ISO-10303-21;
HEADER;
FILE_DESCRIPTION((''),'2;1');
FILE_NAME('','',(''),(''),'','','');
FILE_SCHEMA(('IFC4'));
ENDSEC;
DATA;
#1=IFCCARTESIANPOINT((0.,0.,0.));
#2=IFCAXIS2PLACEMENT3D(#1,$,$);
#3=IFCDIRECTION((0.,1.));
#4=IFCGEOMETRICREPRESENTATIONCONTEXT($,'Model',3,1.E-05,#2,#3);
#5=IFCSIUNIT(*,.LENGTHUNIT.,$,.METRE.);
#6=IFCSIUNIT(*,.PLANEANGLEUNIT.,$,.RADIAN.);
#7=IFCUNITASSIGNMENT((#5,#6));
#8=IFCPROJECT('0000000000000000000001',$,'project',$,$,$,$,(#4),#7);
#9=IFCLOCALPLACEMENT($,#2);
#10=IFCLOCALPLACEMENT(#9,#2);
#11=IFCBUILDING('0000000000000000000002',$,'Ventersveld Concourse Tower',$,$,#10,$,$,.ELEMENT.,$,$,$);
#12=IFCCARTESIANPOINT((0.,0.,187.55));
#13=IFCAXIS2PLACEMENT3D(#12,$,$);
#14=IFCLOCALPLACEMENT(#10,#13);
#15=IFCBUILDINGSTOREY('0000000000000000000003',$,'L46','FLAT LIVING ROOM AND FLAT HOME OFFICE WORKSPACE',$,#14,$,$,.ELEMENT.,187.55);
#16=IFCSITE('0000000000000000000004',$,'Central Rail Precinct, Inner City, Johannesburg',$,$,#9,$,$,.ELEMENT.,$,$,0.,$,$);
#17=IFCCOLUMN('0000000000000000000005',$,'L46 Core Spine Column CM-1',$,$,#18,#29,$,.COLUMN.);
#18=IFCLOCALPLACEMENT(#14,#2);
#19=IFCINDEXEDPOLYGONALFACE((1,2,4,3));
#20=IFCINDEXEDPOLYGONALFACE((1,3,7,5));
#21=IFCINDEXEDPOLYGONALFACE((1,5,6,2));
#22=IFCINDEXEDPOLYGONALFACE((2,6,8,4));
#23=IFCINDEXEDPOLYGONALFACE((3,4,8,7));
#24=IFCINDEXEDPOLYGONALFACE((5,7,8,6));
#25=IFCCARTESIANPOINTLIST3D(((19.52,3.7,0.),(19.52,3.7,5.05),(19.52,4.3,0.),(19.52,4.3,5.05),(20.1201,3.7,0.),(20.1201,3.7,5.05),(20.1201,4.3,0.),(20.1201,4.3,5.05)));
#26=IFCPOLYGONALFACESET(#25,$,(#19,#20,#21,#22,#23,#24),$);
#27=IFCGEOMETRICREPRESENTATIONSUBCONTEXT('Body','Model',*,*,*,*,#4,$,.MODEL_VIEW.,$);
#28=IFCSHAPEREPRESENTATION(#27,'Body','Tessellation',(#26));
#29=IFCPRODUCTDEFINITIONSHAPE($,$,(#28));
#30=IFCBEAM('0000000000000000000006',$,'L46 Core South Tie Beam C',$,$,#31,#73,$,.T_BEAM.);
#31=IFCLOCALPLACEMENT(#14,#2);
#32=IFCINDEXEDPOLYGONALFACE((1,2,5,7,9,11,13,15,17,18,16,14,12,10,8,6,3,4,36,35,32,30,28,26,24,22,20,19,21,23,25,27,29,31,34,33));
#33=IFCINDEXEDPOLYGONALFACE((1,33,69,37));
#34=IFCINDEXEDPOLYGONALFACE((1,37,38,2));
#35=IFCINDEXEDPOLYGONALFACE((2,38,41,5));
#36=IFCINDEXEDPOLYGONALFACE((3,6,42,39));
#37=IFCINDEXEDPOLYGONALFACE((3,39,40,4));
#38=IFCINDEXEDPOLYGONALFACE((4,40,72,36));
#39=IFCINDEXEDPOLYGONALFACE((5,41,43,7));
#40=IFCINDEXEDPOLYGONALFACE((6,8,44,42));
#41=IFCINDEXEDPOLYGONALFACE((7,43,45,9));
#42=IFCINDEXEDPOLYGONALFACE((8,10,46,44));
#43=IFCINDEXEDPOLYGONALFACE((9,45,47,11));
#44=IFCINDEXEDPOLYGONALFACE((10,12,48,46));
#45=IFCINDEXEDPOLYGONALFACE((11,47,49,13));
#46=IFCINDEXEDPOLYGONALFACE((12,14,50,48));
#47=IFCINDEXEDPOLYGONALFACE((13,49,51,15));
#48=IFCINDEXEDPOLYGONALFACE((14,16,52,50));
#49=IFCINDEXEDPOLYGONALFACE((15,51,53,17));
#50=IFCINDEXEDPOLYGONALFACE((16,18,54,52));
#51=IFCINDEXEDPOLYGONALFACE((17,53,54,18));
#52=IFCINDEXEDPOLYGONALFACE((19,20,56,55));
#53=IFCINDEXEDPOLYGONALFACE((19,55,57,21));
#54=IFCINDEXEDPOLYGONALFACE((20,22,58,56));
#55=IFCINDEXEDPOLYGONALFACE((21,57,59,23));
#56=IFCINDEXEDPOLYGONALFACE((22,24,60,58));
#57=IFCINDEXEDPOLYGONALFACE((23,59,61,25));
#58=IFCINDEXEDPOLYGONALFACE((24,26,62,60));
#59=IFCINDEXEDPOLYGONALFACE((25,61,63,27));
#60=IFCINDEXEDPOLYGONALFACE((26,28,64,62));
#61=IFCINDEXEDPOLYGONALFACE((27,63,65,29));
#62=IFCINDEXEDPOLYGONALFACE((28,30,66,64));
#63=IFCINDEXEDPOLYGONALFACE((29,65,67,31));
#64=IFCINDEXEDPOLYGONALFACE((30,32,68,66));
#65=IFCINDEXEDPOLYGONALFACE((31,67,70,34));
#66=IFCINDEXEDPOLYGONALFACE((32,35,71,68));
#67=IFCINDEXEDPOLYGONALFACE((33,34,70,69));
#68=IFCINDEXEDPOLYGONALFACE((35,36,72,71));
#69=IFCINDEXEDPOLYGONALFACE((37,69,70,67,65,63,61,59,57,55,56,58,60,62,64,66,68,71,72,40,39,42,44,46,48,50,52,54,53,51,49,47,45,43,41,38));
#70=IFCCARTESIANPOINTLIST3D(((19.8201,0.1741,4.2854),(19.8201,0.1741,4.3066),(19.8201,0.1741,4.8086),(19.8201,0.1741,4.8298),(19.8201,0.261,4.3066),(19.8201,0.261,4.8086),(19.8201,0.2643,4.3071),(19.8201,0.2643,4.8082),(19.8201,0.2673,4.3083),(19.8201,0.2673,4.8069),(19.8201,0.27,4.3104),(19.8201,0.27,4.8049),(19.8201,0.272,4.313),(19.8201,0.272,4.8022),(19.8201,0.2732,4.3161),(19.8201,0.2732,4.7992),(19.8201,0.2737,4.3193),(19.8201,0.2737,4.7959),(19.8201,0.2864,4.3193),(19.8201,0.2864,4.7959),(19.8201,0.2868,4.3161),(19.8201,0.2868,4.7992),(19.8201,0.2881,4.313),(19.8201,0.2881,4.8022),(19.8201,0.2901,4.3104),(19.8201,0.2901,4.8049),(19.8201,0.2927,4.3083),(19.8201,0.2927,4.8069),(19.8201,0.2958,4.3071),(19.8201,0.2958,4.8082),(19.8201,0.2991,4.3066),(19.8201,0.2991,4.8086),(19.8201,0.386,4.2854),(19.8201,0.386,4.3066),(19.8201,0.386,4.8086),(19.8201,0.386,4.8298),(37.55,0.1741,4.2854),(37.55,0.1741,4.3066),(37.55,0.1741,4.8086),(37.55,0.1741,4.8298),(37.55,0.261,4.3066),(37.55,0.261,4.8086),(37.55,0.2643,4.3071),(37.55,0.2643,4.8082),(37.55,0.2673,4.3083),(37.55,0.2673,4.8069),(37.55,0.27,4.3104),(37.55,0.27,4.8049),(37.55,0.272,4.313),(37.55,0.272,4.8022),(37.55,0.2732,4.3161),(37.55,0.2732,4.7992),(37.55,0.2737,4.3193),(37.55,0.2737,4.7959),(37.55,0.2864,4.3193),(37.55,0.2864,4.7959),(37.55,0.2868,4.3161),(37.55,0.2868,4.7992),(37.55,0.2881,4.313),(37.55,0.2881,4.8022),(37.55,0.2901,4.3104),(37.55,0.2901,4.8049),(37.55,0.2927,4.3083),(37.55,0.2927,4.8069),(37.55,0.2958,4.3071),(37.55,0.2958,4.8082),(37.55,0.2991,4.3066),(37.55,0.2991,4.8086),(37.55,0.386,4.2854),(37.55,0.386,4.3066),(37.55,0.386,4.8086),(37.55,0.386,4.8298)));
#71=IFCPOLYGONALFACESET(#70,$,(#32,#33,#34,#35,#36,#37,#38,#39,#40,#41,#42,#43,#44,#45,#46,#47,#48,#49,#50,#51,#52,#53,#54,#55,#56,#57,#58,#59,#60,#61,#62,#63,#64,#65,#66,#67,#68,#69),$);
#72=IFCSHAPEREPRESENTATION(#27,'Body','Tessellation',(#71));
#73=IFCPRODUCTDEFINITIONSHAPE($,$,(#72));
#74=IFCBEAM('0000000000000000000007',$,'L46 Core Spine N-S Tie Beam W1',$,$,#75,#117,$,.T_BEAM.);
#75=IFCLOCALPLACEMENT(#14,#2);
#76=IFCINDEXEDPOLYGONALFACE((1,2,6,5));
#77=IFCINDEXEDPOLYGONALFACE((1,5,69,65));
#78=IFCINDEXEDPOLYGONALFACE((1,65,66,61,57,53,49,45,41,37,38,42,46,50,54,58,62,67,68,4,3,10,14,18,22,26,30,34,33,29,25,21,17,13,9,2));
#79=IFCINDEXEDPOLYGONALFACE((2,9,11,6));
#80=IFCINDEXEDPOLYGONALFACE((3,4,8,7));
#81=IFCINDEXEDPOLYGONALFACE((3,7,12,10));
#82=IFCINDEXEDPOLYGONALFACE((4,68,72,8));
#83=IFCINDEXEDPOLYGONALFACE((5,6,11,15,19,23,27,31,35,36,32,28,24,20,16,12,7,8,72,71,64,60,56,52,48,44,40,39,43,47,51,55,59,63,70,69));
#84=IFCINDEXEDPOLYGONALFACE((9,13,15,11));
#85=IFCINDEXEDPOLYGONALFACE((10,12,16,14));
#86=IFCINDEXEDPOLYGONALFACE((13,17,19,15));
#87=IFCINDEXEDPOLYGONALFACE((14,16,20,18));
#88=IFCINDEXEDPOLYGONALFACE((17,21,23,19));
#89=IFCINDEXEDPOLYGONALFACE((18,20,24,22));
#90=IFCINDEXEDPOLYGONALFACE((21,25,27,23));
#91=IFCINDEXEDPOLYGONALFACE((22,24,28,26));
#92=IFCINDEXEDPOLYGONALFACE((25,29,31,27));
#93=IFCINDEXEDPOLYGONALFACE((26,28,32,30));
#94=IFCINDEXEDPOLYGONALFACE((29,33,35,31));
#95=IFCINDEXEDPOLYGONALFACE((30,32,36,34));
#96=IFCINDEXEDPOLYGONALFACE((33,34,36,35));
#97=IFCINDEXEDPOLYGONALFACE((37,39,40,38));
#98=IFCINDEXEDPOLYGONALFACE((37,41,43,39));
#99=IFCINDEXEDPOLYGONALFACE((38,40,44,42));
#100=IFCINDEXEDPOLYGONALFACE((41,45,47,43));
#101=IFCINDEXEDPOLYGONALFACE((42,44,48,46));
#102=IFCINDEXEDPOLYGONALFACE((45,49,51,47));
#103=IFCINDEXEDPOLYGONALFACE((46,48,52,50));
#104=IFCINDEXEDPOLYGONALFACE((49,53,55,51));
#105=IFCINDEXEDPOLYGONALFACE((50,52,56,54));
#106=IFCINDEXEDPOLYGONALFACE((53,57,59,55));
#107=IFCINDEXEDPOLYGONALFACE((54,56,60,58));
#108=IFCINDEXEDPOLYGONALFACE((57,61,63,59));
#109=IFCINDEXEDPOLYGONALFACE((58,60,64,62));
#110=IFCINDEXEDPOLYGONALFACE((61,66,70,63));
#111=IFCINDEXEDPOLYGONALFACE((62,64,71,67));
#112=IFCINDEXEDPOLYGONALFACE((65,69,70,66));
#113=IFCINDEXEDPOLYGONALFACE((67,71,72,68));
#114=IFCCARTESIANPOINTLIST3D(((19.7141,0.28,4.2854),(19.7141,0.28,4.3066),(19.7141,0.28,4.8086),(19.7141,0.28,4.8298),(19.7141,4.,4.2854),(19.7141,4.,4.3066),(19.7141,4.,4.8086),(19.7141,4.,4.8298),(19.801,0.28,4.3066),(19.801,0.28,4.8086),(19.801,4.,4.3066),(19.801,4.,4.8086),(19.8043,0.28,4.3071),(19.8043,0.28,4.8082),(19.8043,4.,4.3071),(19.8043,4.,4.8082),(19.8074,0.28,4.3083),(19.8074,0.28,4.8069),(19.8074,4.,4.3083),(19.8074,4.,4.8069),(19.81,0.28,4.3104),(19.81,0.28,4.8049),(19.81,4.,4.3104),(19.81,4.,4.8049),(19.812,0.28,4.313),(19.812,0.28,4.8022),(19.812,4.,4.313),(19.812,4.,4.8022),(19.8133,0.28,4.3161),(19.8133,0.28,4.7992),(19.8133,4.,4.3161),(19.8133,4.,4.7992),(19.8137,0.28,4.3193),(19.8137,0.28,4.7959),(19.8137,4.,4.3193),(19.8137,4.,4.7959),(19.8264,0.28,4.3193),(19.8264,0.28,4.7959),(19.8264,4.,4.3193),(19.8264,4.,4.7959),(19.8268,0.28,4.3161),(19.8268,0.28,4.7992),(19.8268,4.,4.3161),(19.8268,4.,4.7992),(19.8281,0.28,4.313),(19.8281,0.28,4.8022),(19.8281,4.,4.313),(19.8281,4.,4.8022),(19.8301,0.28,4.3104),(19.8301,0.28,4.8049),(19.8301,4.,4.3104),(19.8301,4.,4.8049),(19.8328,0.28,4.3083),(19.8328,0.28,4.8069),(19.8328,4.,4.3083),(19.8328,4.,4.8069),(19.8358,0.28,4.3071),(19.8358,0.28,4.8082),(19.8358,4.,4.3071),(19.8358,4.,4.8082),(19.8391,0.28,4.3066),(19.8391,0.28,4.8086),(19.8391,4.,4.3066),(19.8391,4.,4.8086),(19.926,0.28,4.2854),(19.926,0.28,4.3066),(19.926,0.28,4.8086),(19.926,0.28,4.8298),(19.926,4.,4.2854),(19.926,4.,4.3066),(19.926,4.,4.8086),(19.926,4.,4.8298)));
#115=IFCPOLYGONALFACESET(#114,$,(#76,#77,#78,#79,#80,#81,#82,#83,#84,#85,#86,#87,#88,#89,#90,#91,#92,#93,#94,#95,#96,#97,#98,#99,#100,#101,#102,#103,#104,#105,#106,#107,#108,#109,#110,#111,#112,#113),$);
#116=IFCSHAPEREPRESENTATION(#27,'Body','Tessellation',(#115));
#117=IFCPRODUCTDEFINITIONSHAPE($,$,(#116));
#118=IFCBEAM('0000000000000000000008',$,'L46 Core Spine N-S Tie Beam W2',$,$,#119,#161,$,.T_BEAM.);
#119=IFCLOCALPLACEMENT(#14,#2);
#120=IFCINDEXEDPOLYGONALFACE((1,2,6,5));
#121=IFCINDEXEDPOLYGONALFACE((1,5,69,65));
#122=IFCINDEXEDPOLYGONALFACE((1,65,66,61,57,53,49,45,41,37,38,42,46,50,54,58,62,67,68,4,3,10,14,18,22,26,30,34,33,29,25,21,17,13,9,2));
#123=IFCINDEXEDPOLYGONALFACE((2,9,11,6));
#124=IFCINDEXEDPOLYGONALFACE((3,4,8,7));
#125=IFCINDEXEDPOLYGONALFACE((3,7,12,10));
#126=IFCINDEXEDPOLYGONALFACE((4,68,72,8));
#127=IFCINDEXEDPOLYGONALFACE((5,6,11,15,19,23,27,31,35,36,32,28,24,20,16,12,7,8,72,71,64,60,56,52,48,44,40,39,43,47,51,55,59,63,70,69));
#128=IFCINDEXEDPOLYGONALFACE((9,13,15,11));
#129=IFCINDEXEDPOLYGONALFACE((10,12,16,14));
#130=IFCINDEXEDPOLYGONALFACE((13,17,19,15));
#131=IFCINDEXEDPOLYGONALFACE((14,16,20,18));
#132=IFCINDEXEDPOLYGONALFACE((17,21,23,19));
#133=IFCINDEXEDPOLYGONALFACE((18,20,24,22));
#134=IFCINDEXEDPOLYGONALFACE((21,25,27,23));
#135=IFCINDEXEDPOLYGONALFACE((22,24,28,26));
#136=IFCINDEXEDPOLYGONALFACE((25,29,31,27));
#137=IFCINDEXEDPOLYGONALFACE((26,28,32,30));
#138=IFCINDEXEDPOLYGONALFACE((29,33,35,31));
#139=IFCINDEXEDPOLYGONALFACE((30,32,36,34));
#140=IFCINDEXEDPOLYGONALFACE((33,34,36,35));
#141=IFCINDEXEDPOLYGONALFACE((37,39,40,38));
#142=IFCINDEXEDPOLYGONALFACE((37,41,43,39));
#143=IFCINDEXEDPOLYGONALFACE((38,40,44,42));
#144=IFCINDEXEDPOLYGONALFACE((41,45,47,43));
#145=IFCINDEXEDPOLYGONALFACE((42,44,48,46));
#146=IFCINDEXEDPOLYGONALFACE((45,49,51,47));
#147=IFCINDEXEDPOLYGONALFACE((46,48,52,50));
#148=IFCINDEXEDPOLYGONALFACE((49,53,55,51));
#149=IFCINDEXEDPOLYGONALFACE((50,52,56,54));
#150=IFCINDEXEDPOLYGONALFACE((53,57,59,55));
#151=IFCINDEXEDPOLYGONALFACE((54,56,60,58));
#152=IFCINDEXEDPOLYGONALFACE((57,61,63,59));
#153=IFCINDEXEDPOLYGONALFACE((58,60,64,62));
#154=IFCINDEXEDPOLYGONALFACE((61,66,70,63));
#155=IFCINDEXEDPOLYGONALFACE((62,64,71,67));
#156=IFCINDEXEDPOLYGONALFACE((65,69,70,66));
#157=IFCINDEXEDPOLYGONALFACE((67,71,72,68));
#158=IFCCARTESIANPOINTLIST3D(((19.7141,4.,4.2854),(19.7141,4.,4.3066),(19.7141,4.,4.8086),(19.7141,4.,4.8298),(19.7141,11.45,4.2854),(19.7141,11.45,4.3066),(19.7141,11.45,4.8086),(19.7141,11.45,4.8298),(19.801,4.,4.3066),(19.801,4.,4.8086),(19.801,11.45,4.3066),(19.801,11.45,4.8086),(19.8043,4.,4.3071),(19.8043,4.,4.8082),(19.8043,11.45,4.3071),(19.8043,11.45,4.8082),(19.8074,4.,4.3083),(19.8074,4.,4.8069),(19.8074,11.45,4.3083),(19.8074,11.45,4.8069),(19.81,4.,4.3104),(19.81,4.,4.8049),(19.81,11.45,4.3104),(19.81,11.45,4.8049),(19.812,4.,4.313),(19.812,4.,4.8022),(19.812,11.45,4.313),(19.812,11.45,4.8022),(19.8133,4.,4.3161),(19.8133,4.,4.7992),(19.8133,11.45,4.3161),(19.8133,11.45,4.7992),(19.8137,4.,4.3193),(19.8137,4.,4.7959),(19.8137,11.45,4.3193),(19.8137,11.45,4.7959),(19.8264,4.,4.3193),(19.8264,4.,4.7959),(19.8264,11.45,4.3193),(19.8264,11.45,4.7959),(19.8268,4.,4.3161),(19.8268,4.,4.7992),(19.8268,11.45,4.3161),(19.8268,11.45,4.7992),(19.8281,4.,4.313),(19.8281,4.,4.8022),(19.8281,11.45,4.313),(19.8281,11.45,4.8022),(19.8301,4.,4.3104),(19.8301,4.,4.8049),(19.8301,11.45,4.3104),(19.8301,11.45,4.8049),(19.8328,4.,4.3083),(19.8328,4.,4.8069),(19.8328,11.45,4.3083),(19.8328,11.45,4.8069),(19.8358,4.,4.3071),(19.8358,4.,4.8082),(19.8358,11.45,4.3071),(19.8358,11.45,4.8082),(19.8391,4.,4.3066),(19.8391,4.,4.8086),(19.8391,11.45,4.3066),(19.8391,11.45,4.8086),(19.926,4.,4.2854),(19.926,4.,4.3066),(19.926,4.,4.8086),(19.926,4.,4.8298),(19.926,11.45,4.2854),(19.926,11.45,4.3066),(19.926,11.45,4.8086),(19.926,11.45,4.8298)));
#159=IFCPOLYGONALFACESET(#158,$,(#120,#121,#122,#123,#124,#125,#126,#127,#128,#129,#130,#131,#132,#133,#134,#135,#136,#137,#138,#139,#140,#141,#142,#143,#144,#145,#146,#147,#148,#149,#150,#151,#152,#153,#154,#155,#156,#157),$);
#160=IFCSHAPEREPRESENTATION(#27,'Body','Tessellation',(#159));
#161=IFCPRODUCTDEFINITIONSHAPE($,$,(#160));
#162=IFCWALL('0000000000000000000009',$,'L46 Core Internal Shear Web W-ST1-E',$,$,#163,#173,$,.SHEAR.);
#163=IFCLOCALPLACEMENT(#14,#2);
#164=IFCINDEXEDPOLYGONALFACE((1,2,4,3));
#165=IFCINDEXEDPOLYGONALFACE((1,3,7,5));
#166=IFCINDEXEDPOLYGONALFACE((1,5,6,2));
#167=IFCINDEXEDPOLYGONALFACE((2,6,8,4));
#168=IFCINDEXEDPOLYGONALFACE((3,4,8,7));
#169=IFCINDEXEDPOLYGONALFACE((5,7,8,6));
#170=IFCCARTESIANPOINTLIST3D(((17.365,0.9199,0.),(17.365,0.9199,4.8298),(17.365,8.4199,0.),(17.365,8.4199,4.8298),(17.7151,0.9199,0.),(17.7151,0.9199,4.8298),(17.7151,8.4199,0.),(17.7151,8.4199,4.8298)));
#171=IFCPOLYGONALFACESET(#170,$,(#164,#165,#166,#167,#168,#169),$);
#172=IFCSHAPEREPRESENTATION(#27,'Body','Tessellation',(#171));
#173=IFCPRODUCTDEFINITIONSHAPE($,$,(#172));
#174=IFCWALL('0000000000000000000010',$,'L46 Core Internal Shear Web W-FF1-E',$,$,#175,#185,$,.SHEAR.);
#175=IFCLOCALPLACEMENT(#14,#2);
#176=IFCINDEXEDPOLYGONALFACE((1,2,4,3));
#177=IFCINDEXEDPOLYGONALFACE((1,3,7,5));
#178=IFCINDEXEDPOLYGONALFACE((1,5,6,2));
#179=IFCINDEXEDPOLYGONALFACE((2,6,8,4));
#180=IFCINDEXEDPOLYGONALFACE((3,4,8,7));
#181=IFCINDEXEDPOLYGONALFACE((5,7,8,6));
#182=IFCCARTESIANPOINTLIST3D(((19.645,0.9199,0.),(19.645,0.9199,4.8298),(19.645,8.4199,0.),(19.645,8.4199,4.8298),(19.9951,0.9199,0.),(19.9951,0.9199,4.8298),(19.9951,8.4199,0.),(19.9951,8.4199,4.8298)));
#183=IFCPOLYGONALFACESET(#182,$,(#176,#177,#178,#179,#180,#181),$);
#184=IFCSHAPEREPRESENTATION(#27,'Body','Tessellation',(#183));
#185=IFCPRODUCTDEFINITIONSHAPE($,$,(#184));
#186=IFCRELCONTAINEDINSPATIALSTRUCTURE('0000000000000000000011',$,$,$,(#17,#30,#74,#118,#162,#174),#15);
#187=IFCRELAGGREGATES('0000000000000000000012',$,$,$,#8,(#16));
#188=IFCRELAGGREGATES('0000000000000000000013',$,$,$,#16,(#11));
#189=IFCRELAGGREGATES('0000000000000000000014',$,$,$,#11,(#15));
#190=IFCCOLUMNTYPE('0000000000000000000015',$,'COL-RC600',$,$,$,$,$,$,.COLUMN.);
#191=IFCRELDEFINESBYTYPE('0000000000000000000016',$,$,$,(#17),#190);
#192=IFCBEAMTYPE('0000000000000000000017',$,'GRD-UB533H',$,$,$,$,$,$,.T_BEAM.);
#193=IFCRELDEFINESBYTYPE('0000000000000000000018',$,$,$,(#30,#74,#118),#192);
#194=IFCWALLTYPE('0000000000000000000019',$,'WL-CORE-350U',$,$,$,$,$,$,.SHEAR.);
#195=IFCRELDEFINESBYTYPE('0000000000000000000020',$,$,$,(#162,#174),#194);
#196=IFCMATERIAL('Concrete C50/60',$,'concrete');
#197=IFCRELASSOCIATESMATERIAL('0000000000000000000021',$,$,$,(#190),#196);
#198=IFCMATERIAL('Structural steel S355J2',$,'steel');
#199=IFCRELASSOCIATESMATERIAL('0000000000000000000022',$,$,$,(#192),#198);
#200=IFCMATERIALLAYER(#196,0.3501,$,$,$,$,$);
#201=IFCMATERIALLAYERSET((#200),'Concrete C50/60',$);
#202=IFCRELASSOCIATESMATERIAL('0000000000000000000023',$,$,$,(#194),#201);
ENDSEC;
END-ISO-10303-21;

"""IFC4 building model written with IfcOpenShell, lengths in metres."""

from ifc_helpers import new_model, si_unit, direction, frame, frame_2d, origin, origin_2d, place, context, subcontext, project, spatial, rectangle, i_section, extrude, material, layer, layer_set, material_profile, profile_set, type_object, element, save


model = new_model("IFC4")

# Units and contexts
model_context = context("Model", 3, precision=1e-05, world=origin(), true_north=direction((0.0, 1.0)))
body_context = subcontext(model_context, "Body", "Model", "MODEL_VIEW")
ifc_project = project(units=[si_unit("LENGTHUNIT", "METRE"), si_unit("PLANEANGLEUNIT", "RADIAN")], contexts=[model_context])

# Site, building, storey
site_placement = place(None, origin())
site = spatial("IfcSite", under=ifc_project, at=site_placement, Name="Central Rail Precinct, Inner City, Johannesburg", CompositionType="ELEMENT", RefElevation=0.0)
building_placement = place(site_placement, origin())
building = spatial("IfcBuilding", under=site, at=building_placement, Name="Ventersveld Concourse Tower", CompositionType="ELEMENT")
storey_placement = place(building_placement, frame((0.0, 0.0, 187.55)))
storey = spatial("IfcBuildingStorey", under=building, at=storey_placement, Name="L46", Description="FLAT LIVING ROOM AND FLAT HOME OFFICE WORKSPACE", CompositionType="ELEMENT", Elevation=187.55)

# Column
ifc_material_1 = material(Name="Concrete C50/60", Category="concrete")
ifc_material_profile_1 = material_profile(ifc_material_1, rectangle(XDim=0.6001, YDim=0.6001, at=origin_2d()), Name="RC 600x600")
ifc_profile_set_1 = profile_set([ifc_material_profile_1], Name="Concrete C50/60")
column_type = type_object("IfcColumnType", Name="COL-RC600", PredefinedType="COLUMN", material=ifc_profile_set_1)
column_placement = place(storey_placement, frame((19.8201, 4.0, 0.0), z_axis=(0.0, 0.0, 1.0), x_axis=(1.0, 0.0, 0.0)))
element("IfcColumn", 1, at=column_placement, inside=storey, type_object=column_type, Name="L46 Core Spine Column CM-1", PredefinedType="COLUMN", context=body_context, shape_type="SweptSolid", body=[
    extrude(rectangle(XDim=0.6001, YDim=0.6001, at=origin_2d()), origin(), (0.0, 0.0, 1.0), 5.05),
])

# Beams
ifc_material_2 = material(Name="Structural steel S355J2", Category="steel")
ifc_material_profile_2 = material_profile(ifc_material_2, i_section(OverallWidth=0.2119, OverallDepth=0.5444, WebThickness=0.0127, FlangeThickness=0.0212, FilletRadius=0.0127, at=origin_2d()), Name="UB 533x210x122")
ifc_profile_set_2 = profile_set([ifc_material_profile_2], Name="Structural steel S355J2")
beam_type = type_object("IfcBeamType", Name="GRD-UB533H", PredefinedType="T_BEAM", material=ifc_profile_set_2)
beam_1_placement = place(storey_placement, frame((19.8201, 0.28, 4.5576), z_axis=(1.0, 0.0, 0.0), x_axis=(0.0, 1.0, 0.0)))
element("IfcBeam", 2, at=beam_1_placement, inside=storey, type_object=beam_type, Name="L46 Core South Tie Beam C", PredefinedType="T_BEAM", context=body_context, shape_type="SweptSolid", body=[
    extrude(i_section(OverallWidth=0.2119, OverallDepth=0.5444, WebThickness=0.0127, FlangeThickness=0.0212, FilletRadius=0.0127, at=origin_2d()), origin(), (0.0, 0.0, 1.0), 17.73),
])
beam_2_placement = place(storey_placement, frame((19.8201, 0.28, 4.5576), z_axis=(0.0, 1.0, 0.0), x_axis=(-1.0, 0.0, 0.0)))
element("IfcBeam", 3, at=beam_2_placement, inside=storey, type_object=beam_type, Name="L46 Core Spine N-S Tie Beam W1", PredefinedType="T_BEAM", context=body_context, shape_type="SweptSolid", body=[
    extrude(i_section(OverallWidth=0.2119, OverallDepth=0.5444, WebThickness=0.0127, FlangeThickness=0.0212, FilletRadius=0.0127, at=origin_2d()), origin(), (0.0, 0.0, 1.0), 3.72),
])
beam_3_placement = place(storey_placement, frame((19.8201, 4.0, 4.5576), z_axis=(0.0, 1.0, 0.0), x_axis=(-1.0, 0.0, 0.0)))
element("IfcBeam", 4, at=beam_3_placement, inside=storey, type_object=beam_type, Name="L46 Core Spine N-S Tie Beam W2", PredefinedType="T_BEAM", context=body_context, shape_type="SweptSolid", body=[
    extrude(i_section(OverallWidth=0.2119, OverallDepth=0.5444, WebThickness=0.0127, FlangeThickness=0.0212, FilletRadius=0.0127, at=origin_2d()), origin(), (0.0, 0.0, 1.0), 7.45),
])

# Walls
ifc_layer_1 = layer(ifc_material_1, 0.3501)
ifc_layer_set_1 = layer_set([ifc_layer_1], Name="Concrete C50/60")
wall_type_1 = type_object("IfcWallType", Name="WL-CORE-350U", PredefinedType="SHEAR", material=ifc_layer_set_1)
for number, where, z_axis, x_axis, name in (
    (5, (17.54, 0.9199, 0.0), (0.0, 0.0, 1.0), (0.0, 1.0, 0.0), "L46 Core Internal Shear Web W-ST1-E"),
    (6, (19.8201, 0.9199, 0.0), (0.0, 0.0, 1.0), (0.0, 1.0, 0.0), "L46 Core Internal Shear Web W-FF1-E"),
):
    element("IfcWall", number, at=place(storey_placement, frame(where, z_axis=z_axis, x_axis=x_axis)), inside=storey, type_object=wall_type_1, Name=name, PredefinedType="SHEAR", context=body_context, shape_type="SweptSolid", body=[
        extrude(rectangle(XDim=7.5, YDim=0.3501, at=frame_2d((3.75, 0.0))), origin(), (0.0, 0.0, 1.0), 4.8298),
    ])

save(model, "model.ifc")
